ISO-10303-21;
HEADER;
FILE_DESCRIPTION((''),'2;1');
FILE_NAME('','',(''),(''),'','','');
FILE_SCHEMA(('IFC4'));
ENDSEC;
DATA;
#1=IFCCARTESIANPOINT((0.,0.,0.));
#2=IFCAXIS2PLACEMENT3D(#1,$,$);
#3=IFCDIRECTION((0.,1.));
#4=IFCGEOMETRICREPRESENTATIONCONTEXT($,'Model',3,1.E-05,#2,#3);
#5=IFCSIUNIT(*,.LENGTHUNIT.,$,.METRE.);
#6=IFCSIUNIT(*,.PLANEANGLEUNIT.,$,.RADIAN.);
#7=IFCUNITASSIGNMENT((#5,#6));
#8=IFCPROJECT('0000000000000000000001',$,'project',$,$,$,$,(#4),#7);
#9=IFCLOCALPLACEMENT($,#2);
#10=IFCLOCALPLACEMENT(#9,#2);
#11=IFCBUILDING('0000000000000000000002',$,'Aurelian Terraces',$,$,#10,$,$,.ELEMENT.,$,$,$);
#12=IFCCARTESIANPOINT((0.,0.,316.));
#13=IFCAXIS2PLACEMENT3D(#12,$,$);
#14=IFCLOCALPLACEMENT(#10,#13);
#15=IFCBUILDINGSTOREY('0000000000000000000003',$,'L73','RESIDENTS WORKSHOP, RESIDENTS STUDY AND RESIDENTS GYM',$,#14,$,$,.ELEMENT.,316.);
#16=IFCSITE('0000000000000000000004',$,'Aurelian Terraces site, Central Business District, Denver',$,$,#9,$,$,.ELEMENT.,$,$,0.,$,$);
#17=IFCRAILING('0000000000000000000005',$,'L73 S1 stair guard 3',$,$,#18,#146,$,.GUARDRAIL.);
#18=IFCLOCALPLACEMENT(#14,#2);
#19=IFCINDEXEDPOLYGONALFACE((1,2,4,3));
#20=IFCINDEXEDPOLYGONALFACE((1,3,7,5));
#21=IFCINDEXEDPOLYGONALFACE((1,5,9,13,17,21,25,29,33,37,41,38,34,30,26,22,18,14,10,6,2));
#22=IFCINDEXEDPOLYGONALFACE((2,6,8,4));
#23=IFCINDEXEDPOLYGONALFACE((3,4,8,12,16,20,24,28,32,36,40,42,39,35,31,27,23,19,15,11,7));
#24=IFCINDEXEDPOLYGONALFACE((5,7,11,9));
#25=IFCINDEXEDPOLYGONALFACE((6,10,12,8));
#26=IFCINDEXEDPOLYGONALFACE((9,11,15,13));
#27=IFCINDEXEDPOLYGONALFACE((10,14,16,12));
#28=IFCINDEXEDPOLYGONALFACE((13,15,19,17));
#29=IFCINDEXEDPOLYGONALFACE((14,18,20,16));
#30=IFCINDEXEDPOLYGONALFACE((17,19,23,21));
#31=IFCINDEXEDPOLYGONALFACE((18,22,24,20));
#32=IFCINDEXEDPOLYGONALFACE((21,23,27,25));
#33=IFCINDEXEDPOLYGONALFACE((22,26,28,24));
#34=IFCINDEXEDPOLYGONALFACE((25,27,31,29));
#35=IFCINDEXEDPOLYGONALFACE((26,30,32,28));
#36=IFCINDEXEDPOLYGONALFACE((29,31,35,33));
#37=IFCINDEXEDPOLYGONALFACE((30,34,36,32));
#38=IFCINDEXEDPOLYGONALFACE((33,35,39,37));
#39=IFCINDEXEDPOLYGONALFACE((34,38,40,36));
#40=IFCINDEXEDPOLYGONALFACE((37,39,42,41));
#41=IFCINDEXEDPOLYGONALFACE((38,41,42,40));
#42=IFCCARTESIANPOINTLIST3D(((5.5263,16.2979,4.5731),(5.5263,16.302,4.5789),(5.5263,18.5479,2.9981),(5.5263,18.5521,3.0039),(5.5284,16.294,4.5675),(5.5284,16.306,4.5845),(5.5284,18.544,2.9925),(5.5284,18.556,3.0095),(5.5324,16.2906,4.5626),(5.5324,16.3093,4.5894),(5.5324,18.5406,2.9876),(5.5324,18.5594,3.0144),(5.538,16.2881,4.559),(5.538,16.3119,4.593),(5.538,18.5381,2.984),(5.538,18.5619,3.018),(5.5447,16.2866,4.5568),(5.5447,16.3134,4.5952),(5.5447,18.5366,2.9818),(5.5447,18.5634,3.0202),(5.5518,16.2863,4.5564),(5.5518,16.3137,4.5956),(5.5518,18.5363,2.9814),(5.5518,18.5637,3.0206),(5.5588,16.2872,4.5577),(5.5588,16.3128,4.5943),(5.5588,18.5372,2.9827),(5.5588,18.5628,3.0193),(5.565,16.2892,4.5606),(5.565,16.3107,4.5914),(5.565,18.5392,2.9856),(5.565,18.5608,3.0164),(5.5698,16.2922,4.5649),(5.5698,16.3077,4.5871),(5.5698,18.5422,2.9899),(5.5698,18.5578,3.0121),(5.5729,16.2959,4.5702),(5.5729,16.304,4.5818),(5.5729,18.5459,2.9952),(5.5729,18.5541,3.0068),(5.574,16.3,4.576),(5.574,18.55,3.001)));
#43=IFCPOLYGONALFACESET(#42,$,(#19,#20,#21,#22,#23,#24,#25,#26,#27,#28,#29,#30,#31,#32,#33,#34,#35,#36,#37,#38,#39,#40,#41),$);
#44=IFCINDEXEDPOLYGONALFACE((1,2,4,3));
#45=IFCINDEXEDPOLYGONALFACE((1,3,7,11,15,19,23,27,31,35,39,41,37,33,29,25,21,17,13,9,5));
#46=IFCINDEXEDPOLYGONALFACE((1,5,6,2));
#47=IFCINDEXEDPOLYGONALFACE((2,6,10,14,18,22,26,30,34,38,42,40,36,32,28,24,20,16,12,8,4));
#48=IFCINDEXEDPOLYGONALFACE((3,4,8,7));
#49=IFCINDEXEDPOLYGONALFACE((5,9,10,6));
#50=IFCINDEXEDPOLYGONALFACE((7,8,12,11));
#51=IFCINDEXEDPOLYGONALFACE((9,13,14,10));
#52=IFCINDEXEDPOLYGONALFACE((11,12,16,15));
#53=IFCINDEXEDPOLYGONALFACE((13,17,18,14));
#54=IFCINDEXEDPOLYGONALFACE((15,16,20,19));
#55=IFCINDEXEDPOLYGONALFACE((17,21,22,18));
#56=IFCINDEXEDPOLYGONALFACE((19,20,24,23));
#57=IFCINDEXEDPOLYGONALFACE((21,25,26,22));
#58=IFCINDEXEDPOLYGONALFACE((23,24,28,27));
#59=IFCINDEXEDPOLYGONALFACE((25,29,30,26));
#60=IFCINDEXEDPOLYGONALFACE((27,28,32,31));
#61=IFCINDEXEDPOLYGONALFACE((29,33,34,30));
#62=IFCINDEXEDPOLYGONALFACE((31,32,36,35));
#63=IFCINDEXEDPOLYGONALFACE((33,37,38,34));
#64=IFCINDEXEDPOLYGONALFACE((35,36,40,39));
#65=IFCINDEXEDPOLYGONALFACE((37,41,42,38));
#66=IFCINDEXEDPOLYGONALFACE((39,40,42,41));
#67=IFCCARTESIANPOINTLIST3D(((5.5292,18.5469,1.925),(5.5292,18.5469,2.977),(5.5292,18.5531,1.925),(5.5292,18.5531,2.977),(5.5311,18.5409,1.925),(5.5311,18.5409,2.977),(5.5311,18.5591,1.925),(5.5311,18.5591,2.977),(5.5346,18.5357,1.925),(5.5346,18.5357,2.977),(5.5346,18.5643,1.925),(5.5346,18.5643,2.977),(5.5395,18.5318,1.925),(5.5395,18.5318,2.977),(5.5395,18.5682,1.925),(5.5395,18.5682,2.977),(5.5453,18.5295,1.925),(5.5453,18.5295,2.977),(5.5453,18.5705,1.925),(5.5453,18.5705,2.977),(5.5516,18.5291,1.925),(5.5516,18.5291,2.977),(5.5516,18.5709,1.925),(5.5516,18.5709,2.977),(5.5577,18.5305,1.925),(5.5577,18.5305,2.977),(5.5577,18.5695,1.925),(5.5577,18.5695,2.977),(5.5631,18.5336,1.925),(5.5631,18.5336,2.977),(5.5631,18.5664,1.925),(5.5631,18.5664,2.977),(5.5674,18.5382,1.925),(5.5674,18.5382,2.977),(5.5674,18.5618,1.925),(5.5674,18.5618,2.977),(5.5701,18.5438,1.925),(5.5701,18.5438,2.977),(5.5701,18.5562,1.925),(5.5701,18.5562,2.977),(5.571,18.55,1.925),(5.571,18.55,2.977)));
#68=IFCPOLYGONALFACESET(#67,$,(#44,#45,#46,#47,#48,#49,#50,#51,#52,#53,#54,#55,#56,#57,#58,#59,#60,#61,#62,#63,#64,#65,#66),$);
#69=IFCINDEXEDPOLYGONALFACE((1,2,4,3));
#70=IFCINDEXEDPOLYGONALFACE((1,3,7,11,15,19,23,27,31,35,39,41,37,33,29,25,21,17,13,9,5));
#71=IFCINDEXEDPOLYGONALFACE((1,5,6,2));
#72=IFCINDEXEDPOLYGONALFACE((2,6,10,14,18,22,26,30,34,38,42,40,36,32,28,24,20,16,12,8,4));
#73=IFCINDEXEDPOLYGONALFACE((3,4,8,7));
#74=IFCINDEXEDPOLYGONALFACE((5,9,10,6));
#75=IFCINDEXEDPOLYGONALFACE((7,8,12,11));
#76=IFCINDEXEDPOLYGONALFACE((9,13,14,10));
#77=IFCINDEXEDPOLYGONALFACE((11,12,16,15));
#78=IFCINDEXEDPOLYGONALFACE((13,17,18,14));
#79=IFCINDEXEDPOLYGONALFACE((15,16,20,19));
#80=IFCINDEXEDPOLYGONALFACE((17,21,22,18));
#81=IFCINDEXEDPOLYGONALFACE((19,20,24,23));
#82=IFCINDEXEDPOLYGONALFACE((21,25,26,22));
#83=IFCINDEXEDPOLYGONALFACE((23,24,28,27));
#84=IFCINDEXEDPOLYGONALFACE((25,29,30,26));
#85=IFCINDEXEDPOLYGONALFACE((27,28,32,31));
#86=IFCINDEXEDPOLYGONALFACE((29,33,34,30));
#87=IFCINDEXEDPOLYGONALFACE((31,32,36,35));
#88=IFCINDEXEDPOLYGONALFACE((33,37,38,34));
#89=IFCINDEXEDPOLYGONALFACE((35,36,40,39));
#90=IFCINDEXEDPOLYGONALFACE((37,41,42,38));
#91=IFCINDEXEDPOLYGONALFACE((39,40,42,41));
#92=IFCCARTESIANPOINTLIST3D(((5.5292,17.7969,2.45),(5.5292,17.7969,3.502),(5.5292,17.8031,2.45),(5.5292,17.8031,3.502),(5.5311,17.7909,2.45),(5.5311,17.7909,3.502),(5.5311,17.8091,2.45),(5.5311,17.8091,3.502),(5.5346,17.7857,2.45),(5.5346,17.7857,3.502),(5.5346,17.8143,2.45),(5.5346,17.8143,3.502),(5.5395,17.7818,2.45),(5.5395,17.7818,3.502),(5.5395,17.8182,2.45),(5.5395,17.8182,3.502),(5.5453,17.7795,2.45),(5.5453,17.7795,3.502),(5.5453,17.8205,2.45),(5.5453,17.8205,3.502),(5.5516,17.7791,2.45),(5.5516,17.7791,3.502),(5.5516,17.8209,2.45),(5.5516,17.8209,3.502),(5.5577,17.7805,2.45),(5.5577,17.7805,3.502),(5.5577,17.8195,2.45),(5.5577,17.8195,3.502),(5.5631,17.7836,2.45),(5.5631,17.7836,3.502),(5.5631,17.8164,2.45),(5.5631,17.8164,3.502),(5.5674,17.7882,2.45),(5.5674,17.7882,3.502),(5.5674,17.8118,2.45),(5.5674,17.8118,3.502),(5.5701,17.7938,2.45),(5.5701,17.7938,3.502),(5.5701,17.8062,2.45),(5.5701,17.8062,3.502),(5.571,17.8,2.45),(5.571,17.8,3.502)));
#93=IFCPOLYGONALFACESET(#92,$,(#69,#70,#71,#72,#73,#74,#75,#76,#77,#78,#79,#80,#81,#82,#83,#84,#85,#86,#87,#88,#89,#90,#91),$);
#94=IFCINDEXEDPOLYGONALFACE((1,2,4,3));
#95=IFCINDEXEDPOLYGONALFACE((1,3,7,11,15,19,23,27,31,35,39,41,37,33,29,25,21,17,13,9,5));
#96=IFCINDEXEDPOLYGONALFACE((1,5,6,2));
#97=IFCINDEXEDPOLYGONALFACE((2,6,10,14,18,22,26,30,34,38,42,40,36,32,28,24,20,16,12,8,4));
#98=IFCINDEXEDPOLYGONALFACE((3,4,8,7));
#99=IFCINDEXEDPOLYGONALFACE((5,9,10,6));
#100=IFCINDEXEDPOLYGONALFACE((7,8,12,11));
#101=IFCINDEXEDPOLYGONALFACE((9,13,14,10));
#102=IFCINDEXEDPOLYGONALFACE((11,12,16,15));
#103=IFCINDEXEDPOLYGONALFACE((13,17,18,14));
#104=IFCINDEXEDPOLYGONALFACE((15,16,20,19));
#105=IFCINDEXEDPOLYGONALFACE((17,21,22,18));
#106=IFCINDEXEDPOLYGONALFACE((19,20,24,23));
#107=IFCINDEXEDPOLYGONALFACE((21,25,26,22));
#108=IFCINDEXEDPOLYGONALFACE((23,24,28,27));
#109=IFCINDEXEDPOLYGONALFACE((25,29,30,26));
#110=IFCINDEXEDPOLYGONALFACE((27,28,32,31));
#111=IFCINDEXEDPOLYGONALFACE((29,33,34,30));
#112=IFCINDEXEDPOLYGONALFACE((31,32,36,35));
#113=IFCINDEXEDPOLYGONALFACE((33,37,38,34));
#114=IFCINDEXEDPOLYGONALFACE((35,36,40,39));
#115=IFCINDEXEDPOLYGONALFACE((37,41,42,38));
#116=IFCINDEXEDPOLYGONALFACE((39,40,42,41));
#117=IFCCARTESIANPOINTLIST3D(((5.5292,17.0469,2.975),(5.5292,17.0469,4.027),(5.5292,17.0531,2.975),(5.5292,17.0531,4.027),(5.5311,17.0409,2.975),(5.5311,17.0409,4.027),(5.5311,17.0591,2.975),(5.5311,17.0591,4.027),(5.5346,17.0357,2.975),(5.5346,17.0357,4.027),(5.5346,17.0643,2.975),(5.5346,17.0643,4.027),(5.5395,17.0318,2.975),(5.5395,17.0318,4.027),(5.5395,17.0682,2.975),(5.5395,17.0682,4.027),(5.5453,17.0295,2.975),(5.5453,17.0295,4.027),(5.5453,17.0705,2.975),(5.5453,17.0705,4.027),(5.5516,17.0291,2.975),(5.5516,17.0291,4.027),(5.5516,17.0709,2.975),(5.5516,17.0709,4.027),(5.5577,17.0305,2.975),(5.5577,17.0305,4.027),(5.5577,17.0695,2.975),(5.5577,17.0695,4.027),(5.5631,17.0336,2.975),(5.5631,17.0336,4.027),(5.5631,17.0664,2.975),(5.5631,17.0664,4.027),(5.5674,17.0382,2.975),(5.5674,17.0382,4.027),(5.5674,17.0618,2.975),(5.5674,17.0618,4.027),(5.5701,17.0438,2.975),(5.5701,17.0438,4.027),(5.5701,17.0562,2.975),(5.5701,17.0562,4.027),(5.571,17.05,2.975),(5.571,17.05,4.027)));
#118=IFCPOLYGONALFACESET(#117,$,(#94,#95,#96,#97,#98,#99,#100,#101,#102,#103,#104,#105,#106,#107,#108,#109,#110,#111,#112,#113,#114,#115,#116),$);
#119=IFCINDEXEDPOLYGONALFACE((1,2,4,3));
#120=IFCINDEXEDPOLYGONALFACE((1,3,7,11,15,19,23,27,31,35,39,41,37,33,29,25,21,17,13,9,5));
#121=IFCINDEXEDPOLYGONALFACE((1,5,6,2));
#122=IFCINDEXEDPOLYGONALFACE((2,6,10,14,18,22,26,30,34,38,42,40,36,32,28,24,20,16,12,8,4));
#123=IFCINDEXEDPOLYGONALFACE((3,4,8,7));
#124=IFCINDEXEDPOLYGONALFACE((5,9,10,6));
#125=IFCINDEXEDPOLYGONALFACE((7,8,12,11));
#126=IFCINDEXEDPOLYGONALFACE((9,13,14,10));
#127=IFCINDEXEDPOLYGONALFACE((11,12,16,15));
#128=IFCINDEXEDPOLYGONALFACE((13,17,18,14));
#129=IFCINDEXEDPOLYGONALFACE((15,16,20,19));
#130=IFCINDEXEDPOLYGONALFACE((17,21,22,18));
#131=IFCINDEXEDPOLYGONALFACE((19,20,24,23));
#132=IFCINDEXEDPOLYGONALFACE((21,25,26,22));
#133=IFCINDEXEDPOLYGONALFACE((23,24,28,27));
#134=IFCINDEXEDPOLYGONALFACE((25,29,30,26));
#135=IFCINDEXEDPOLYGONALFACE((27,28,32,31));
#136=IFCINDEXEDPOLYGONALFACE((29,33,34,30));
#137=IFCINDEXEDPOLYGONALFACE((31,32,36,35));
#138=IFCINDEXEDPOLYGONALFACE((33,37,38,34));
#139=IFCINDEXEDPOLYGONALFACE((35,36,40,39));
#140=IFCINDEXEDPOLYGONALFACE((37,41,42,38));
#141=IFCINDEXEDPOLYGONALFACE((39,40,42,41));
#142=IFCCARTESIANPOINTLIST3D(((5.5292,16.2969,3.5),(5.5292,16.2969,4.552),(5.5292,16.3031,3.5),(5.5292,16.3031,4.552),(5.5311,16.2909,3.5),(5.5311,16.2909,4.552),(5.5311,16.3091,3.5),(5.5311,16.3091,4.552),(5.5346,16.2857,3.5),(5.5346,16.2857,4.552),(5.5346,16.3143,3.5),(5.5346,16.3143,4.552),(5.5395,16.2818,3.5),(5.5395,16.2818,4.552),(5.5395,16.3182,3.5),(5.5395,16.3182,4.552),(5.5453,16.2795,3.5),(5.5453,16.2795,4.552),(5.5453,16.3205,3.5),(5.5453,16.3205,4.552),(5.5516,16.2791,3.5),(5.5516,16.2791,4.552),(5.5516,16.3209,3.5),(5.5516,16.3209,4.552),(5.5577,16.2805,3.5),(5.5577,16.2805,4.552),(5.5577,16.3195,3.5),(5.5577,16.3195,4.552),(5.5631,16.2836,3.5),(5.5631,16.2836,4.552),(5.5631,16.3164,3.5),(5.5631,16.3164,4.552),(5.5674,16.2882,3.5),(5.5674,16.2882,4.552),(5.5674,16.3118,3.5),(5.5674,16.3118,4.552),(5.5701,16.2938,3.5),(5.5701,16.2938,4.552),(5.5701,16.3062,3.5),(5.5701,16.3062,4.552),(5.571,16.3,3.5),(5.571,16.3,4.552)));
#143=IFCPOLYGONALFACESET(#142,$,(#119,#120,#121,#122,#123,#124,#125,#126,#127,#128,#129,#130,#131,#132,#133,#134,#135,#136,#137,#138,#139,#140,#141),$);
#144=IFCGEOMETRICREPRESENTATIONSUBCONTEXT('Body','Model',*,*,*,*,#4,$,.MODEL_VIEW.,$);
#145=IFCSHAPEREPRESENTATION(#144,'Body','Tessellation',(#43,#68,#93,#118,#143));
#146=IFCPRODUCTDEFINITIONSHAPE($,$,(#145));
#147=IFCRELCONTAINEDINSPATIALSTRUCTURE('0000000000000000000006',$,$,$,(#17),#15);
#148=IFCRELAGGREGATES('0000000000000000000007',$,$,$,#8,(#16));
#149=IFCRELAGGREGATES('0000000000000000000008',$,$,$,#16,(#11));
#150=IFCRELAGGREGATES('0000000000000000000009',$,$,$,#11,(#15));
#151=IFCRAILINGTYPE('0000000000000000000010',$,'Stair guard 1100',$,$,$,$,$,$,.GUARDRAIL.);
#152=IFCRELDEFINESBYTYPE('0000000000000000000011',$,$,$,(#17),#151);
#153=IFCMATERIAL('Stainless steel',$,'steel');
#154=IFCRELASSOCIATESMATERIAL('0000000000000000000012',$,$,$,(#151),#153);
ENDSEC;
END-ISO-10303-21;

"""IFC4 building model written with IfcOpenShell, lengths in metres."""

from ifc_helpers import new_model, si_unit, direction, frame, origin, origin_2d, place, context, subcontext, project, spatial, circle, extrude, source, transform, mapped, material, type_object, element, save


model = new_model("IFC4")

# Units and contexts
model_context = context("Model", 3, precision=1e-05, world=origin(), true_north=direction((0.0, 1.0)))
body_context = subcontext(model_context, "Body", "Model", "MODEL_VIEW")
ifc_project = project(units=[si_unit("LENGTHUNIT", "METRE"), si_unit("PLANEANGLEUNIT", "RADIAN")], contexts=[model_context])

# Site, building, storey
site_placement = place(None, origin())
site = spatial("IfcSite", under=ifc_project, at=site_placement, Name="Aurelian Terraces site, Central Business District, Denver", CompositionType="ELEMENT", RefElevation=0.0)
building_placement = place(site_placement, origin())
building = spatial("IfcBuilding", under=site, at=building_placement, Name="Aurelian Terraces", CompositionType="ELEMENT")
storey_placement = place(building_placement, frame((0.0, 0.0, 316.0)))
storey = spatial("IfcBuildingStorey", under=building, at=storey_placement, Name="L73", Description="RESIDENTS WORKSHOP, RESIDENTS STUDY AND RESIDENTS GYM", CompositionType="ELEMENT", Elevation=316.0)

# Railing
ifc_material_1 = material(Name="Stainless steel", Category="steel")
railing_type_1 = type_object("IfcRailingType", Name="Stair guard 1100", PredefinedType="GUARDRAIL", material=ifc_material_1)
shared_shape_1 = source(origin(), body_context, "Body", "SweptSolid", [
    extrude(circle(Radius=0.024, at=origin_2d()), frame((0.0, 0.0, 1.076), z_axis=(0.0, -0.819232, 0.573462), x_axis=(1.0, 0.0, 0.0)), (0.0, 0.0, 1.0), 2.7465),
    extrude(circle(Radius=0.021, at=origin_2d()), origin(), (0.0, 0.0, 1.0), 1.052),
    extrude(circle(Radius=0.021, at=origin_2d()), frame((0.0, -0.75, 0.525)), (0.0, 0.0, 1.0), 1.052),
    extrude(circle(Radius=0.021, at=origin_2d()), frame((0.0, -1.5, 1.05)), (0.0, 0.0, 1.0), 1.052),
    extrude(circle(Radius=0.021, at=origin_2d()), frame((0.0, -2.25, 1.575)), (0.0, 0.0, 1.0), 1.052),
])
railing_1_placement = place(storey_placement, frame((5.55, 18.55, 1.925)))
element("IfcRailing", 1, at=railing_1_placement, inside=storey, type_object=railing_type_1, Name="L73 S1 stair guard 3", PredefinedType="GUARDRAIL", context=body_context, shape_type="MappedRepresentation", body=[
    mapped(shared_shape_1, transform((0.0, 0.0, 0.0), scale=1.0)),
])

save(model, "model.ifc")
